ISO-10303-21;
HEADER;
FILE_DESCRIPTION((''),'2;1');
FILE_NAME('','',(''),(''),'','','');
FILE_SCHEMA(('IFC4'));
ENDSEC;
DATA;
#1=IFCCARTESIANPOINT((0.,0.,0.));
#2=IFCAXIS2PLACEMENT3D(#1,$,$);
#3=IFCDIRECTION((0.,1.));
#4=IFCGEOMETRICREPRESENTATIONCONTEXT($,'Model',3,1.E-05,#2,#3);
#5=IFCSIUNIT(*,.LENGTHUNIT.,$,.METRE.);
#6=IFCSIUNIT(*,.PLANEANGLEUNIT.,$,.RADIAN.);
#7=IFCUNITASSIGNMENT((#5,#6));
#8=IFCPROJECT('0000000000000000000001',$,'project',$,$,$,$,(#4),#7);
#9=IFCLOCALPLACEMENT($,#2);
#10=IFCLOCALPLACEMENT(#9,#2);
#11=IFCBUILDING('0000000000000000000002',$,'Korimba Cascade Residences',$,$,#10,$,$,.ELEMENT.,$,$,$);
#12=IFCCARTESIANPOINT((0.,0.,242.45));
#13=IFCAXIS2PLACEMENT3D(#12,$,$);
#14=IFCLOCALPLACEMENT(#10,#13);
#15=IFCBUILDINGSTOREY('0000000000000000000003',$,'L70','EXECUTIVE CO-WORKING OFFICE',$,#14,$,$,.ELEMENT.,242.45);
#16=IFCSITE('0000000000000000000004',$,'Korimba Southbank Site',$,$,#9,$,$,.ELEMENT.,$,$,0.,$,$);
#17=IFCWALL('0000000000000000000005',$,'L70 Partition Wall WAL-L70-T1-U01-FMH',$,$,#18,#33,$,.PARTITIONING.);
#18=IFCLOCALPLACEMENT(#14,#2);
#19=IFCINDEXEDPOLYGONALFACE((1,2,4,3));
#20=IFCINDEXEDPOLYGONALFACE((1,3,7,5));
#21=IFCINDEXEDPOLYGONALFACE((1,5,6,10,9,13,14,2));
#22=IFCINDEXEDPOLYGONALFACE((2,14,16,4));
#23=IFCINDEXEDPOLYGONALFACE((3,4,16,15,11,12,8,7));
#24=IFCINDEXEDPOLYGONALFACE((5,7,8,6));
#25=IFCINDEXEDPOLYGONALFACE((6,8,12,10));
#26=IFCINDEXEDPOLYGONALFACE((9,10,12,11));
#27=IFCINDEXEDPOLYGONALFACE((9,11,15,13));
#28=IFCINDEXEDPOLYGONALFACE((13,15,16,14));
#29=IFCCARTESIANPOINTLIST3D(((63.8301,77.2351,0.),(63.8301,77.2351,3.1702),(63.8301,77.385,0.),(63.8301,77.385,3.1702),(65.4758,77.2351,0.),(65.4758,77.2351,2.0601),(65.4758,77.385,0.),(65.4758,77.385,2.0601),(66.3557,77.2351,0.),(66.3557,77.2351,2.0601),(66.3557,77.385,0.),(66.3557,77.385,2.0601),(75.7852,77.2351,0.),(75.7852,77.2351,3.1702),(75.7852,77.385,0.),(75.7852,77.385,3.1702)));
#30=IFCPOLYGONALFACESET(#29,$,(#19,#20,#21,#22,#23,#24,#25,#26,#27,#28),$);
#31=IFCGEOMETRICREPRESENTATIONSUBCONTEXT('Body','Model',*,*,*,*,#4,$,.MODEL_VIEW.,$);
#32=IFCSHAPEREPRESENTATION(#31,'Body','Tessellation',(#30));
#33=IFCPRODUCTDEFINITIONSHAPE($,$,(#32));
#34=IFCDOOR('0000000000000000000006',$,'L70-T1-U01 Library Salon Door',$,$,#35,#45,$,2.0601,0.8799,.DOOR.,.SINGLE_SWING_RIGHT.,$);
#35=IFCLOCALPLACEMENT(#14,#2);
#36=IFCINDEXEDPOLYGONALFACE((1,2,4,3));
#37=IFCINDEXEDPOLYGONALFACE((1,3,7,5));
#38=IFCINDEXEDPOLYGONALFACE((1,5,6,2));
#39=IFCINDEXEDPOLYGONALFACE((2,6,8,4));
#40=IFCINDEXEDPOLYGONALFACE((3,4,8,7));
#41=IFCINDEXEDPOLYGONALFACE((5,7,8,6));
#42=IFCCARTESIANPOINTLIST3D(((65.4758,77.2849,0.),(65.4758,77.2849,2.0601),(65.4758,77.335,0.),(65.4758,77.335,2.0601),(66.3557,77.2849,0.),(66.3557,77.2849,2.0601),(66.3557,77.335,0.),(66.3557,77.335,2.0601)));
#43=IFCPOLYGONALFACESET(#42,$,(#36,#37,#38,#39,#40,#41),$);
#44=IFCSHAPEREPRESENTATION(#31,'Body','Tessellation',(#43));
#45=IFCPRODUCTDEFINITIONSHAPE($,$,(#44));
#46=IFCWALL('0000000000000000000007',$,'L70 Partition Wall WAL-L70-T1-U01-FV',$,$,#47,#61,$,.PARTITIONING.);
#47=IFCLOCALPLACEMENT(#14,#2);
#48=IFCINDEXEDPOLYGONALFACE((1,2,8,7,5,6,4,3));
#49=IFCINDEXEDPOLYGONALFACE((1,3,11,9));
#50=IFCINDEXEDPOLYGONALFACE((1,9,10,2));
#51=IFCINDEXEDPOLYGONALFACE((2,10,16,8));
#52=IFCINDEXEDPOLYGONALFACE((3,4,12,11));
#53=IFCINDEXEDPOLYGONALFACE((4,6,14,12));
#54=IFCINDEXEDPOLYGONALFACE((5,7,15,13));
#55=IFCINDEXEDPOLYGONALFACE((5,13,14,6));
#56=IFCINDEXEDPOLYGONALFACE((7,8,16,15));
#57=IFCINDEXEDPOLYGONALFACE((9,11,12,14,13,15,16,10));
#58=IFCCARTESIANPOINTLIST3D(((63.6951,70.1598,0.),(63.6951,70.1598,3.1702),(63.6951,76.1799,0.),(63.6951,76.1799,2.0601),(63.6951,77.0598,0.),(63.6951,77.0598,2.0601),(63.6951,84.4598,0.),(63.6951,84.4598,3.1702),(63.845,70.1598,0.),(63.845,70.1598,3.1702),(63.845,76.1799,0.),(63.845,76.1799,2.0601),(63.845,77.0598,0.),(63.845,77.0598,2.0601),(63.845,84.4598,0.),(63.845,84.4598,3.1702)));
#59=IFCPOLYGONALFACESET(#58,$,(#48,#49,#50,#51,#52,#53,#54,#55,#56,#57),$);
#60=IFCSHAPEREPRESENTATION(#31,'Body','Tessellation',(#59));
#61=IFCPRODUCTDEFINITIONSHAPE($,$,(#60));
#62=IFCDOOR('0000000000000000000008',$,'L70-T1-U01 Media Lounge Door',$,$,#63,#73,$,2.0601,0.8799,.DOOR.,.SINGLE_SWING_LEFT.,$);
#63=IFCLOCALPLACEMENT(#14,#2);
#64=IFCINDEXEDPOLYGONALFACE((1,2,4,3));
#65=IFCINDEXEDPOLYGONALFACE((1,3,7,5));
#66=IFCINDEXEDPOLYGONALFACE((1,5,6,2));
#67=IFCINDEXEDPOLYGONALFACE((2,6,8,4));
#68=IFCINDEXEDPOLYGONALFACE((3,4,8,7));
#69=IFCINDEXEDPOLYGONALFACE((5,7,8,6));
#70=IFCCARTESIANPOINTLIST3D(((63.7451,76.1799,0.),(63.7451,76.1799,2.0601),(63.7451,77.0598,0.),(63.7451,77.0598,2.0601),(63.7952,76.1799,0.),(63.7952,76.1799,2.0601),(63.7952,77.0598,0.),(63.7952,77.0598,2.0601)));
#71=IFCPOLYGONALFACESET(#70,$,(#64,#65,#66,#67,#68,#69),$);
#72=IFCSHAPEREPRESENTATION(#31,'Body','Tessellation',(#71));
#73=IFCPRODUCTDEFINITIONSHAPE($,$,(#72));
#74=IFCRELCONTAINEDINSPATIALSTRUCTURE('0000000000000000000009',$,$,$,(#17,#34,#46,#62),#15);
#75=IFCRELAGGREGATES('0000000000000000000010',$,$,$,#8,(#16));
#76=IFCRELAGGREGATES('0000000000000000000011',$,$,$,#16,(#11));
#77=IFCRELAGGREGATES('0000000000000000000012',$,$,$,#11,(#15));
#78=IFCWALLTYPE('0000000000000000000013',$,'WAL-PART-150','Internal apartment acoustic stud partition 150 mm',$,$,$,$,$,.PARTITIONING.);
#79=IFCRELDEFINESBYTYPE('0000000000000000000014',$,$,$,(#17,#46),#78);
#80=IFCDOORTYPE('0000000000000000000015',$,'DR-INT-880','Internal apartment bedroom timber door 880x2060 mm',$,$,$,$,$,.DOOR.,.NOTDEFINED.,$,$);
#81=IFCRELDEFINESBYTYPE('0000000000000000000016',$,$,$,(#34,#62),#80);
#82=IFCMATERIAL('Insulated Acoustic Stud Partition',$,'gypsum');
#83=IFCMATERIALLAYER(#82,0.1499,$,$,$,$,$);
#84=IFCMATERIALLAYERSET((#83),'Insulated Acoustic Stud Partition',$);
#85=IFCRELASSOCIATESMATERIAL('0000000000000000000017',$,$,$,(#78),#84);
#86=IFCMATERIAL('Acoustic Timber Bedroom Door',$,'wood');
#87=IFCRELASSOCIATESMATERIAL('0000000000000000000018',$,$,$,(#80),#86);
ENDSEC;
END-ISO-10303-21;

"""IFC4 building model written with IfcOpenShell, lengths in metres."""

from ifc_helpers import new_model, si_unit, direction, frame, frame_2d, origin, place, context, subcontext, project, spatial, rectangle, extrude, material, layer, layer_set, type_object, element, fill, save


model = new_model("IFC4")

# Units and contexts
model_context = context("Model", 3, precision=1e-05, world=origin(), true_north=direction((0.0, 1.0)))
body_context = subcontext(model_context, "Body", "Model", "MODEL_VIEW")
ifc_project = project(units=[si_unit("LENGTHUNIT", "METRE"), si_unit("PLANEANGLEUNIT", "RADIAN")], contexts=[model_context])

# Site, building, storey
site_placement = place(None, origin())
site = spatial("IfcSite", under=ifc_project, at=site_placement, Name="Korimba Southbank Site", CompositionType="ELEMENT", RefElevation=0.0)
building_placement = place(site_placement, origin())
building = spatial("IfcBuilding", under=site, at=building_placement, Name="Korimba Cascade Residences", CompositionType="ELEMENT")
storey_placement = place(building_placement, frame((0.0, 0.0, 242.45)))
storey = spatial("IfcBuildingStorey", under=building, at=storey_placement, Name="L70", Description="EXECUTIVE CO-WORKING OFFICE", CompositionType="ELEMENT", Elevation=242.45)

# Shared definitions
ifc_material_1 = material(Name="Insulated Acoustic Stud Partition", Category="gypsum")
ifc_layer_1 = layer(ifc_material_1, 0.1499)
ifc_layer_set_1 = layer_set([ifc_layer_1], Name="Insulated Acoustic Stud Partition")
wall_type_1 = type_object("IfcWallType", Name="WAL-PART-150", Description="Internal apartment acoustic stud partition 150 mm", PredefinedType="PARTITIONING", material=ifc_layer_set_1)
ifc_material_2 = material(Name="Acoustic Timber Bedroom Door", Category="wood")
door_type_1 = type_object("IfcDoorType", Name="DR-INT-880", Description="Internal apartment bedroom timber door 880x2060 mm", OperationType="NOTDEFINED", PredefinedType="DOOR", material=ifc_material_2)

# Walls, openings, doors
wall_1_placement = place(storey_placement, frame((63.8301, 77.3101, 0.0), z_axis=(0.0, 0.0, 1.0), x_axis=(1.0, 0.0, 0.0)))
wall_1 = element("IfcWall", 1, at=wall_1_placement, inside=storey, type_object=wall_type_1, Name="L70 Partition Wall WAL-L70-T1-U01-FMH", PredefinedType="PARTITIONING", context=body_context, shape_type="SweptSolid", body=[
    extrude(rectangle(XDim=11.9551, YDim=0.1499, at=frame_2d((5.9775, 0.0))), origin(), (0.0, 0.0, 1.0), 3.1702),
])
opening_1_placement = place(wall_1_placement, frame((1.6458, 0.0, 0.0)))
opening_1 = element("IfcOpeningElement", 2, at=opening_1_placement, cuts=wall_1, PredefinedType="OPENING", context=body_context, shape_type="SweptSolid", body=[
    extrude(rectangle(XDim=0.8799, YDim=2.0601, at=frame_2d((0.4399, 1.03))), frame((0.0, 0.085, 0.0), z_axis=(0.0, -1.0, 0.0), x_axis=(1.0, 0.0, 0.0)), (0.0, 0.0, 1.0), 0.1699),
])
door_1_placement = place(opening_1_placement, origin())
door_1 = element("IfcDoor", 3, at=door_1_placement, inside=storey, type_object=door_type_1, Name="L70-T1-U01 Library Salon Door", OperationType="SINGLE_SWING_RIGHT", OverallHeight=2.0601, OverallWidth=0.8799, PredefinedType="DOOR", context=body_context, shape_type="SweptSolid", body=[
    extrude(rectangle(XDim=0.8799, YDim=2.0601, at=frame_2d((0.4399, 1.03))), frame((0.0, 0.0249, 0.0), z_axis=(0.0, -1.0, 0.0), x_axis=(1.0, 0.0, 0.0)), (0.0, 0.0, 1.0), 0.05),
])
fill(opening_1, door_1)
wall_2_placement = place(storey_placement, frame((63.77, 70.1599, 0.0), z_axis=(0.0, 0.0, 1.0), x_axis=(0.0, 1.0, 0.0)))
wall_2 = element("IfcWall", 4, at=wall_2_placement, inside=storey, type_object=wall_type_1, Name="L70 Partition Wall WAL-L70-T1-U01-FV", PredefinedType="PARTITIONING", context=body_context, shape_type="SweptSolid", body=[
    extrude(rectangle(XDim=14.3, YDim=0.1499, at=frame_2d((7.1499, 0.0))), origin(), (0.0, 0.0, 1.0), 3.1702),
])
opening_2_placement = place(wall_2_placement, frame((6.02, 0.0, 0.0)))
opening_2 = element("IfcOpeningElement", 5, at=opening_2_placement, cuts=wall_2, PredefinedType="OPENING", context=body_context, shape_type="SweptSolid", body=[
    extrude(rectangle(XDim=0.8799, YDim=2.0601, at=frame_2d((0.4399, 1.03))), frame((0.0, 0.085, 0.0), z_axis=(0.0, -1.0, 0.0), x_axis=(1.0, 0.0, 0.0)), (0.0, 0.0, 1.0), 0.1699),
])
door_2_placement = place(opening_2_placement, origin())
door_2 = element("IfcDoor", 6, at=door_2_placement, inside=storey, type_object=door_type_1, Name="L70-T1-U01 Media Lounge Door", OperationType="SINGLE_SWING_LEFT", OverallHeight=2.0601, OverallWidth=0.8799, PredefinedType="DOOR", context=body_context, shape_type="SweptSolid", body=[
    extrude(rectangle(XDim=0.8799, YDim=2.0601, at=frame_2d((0.4399, 1.03))), frame((0.0, 0.0249, 0.0), z_axis=(0.0, -1.0, 0.0), x_axis=(1.0, 0.0, 0.0)), (0.0, 0.0, 1.0), 0.05),
])
fill(opening_2, door_2)

save(model, "model.ifc")
